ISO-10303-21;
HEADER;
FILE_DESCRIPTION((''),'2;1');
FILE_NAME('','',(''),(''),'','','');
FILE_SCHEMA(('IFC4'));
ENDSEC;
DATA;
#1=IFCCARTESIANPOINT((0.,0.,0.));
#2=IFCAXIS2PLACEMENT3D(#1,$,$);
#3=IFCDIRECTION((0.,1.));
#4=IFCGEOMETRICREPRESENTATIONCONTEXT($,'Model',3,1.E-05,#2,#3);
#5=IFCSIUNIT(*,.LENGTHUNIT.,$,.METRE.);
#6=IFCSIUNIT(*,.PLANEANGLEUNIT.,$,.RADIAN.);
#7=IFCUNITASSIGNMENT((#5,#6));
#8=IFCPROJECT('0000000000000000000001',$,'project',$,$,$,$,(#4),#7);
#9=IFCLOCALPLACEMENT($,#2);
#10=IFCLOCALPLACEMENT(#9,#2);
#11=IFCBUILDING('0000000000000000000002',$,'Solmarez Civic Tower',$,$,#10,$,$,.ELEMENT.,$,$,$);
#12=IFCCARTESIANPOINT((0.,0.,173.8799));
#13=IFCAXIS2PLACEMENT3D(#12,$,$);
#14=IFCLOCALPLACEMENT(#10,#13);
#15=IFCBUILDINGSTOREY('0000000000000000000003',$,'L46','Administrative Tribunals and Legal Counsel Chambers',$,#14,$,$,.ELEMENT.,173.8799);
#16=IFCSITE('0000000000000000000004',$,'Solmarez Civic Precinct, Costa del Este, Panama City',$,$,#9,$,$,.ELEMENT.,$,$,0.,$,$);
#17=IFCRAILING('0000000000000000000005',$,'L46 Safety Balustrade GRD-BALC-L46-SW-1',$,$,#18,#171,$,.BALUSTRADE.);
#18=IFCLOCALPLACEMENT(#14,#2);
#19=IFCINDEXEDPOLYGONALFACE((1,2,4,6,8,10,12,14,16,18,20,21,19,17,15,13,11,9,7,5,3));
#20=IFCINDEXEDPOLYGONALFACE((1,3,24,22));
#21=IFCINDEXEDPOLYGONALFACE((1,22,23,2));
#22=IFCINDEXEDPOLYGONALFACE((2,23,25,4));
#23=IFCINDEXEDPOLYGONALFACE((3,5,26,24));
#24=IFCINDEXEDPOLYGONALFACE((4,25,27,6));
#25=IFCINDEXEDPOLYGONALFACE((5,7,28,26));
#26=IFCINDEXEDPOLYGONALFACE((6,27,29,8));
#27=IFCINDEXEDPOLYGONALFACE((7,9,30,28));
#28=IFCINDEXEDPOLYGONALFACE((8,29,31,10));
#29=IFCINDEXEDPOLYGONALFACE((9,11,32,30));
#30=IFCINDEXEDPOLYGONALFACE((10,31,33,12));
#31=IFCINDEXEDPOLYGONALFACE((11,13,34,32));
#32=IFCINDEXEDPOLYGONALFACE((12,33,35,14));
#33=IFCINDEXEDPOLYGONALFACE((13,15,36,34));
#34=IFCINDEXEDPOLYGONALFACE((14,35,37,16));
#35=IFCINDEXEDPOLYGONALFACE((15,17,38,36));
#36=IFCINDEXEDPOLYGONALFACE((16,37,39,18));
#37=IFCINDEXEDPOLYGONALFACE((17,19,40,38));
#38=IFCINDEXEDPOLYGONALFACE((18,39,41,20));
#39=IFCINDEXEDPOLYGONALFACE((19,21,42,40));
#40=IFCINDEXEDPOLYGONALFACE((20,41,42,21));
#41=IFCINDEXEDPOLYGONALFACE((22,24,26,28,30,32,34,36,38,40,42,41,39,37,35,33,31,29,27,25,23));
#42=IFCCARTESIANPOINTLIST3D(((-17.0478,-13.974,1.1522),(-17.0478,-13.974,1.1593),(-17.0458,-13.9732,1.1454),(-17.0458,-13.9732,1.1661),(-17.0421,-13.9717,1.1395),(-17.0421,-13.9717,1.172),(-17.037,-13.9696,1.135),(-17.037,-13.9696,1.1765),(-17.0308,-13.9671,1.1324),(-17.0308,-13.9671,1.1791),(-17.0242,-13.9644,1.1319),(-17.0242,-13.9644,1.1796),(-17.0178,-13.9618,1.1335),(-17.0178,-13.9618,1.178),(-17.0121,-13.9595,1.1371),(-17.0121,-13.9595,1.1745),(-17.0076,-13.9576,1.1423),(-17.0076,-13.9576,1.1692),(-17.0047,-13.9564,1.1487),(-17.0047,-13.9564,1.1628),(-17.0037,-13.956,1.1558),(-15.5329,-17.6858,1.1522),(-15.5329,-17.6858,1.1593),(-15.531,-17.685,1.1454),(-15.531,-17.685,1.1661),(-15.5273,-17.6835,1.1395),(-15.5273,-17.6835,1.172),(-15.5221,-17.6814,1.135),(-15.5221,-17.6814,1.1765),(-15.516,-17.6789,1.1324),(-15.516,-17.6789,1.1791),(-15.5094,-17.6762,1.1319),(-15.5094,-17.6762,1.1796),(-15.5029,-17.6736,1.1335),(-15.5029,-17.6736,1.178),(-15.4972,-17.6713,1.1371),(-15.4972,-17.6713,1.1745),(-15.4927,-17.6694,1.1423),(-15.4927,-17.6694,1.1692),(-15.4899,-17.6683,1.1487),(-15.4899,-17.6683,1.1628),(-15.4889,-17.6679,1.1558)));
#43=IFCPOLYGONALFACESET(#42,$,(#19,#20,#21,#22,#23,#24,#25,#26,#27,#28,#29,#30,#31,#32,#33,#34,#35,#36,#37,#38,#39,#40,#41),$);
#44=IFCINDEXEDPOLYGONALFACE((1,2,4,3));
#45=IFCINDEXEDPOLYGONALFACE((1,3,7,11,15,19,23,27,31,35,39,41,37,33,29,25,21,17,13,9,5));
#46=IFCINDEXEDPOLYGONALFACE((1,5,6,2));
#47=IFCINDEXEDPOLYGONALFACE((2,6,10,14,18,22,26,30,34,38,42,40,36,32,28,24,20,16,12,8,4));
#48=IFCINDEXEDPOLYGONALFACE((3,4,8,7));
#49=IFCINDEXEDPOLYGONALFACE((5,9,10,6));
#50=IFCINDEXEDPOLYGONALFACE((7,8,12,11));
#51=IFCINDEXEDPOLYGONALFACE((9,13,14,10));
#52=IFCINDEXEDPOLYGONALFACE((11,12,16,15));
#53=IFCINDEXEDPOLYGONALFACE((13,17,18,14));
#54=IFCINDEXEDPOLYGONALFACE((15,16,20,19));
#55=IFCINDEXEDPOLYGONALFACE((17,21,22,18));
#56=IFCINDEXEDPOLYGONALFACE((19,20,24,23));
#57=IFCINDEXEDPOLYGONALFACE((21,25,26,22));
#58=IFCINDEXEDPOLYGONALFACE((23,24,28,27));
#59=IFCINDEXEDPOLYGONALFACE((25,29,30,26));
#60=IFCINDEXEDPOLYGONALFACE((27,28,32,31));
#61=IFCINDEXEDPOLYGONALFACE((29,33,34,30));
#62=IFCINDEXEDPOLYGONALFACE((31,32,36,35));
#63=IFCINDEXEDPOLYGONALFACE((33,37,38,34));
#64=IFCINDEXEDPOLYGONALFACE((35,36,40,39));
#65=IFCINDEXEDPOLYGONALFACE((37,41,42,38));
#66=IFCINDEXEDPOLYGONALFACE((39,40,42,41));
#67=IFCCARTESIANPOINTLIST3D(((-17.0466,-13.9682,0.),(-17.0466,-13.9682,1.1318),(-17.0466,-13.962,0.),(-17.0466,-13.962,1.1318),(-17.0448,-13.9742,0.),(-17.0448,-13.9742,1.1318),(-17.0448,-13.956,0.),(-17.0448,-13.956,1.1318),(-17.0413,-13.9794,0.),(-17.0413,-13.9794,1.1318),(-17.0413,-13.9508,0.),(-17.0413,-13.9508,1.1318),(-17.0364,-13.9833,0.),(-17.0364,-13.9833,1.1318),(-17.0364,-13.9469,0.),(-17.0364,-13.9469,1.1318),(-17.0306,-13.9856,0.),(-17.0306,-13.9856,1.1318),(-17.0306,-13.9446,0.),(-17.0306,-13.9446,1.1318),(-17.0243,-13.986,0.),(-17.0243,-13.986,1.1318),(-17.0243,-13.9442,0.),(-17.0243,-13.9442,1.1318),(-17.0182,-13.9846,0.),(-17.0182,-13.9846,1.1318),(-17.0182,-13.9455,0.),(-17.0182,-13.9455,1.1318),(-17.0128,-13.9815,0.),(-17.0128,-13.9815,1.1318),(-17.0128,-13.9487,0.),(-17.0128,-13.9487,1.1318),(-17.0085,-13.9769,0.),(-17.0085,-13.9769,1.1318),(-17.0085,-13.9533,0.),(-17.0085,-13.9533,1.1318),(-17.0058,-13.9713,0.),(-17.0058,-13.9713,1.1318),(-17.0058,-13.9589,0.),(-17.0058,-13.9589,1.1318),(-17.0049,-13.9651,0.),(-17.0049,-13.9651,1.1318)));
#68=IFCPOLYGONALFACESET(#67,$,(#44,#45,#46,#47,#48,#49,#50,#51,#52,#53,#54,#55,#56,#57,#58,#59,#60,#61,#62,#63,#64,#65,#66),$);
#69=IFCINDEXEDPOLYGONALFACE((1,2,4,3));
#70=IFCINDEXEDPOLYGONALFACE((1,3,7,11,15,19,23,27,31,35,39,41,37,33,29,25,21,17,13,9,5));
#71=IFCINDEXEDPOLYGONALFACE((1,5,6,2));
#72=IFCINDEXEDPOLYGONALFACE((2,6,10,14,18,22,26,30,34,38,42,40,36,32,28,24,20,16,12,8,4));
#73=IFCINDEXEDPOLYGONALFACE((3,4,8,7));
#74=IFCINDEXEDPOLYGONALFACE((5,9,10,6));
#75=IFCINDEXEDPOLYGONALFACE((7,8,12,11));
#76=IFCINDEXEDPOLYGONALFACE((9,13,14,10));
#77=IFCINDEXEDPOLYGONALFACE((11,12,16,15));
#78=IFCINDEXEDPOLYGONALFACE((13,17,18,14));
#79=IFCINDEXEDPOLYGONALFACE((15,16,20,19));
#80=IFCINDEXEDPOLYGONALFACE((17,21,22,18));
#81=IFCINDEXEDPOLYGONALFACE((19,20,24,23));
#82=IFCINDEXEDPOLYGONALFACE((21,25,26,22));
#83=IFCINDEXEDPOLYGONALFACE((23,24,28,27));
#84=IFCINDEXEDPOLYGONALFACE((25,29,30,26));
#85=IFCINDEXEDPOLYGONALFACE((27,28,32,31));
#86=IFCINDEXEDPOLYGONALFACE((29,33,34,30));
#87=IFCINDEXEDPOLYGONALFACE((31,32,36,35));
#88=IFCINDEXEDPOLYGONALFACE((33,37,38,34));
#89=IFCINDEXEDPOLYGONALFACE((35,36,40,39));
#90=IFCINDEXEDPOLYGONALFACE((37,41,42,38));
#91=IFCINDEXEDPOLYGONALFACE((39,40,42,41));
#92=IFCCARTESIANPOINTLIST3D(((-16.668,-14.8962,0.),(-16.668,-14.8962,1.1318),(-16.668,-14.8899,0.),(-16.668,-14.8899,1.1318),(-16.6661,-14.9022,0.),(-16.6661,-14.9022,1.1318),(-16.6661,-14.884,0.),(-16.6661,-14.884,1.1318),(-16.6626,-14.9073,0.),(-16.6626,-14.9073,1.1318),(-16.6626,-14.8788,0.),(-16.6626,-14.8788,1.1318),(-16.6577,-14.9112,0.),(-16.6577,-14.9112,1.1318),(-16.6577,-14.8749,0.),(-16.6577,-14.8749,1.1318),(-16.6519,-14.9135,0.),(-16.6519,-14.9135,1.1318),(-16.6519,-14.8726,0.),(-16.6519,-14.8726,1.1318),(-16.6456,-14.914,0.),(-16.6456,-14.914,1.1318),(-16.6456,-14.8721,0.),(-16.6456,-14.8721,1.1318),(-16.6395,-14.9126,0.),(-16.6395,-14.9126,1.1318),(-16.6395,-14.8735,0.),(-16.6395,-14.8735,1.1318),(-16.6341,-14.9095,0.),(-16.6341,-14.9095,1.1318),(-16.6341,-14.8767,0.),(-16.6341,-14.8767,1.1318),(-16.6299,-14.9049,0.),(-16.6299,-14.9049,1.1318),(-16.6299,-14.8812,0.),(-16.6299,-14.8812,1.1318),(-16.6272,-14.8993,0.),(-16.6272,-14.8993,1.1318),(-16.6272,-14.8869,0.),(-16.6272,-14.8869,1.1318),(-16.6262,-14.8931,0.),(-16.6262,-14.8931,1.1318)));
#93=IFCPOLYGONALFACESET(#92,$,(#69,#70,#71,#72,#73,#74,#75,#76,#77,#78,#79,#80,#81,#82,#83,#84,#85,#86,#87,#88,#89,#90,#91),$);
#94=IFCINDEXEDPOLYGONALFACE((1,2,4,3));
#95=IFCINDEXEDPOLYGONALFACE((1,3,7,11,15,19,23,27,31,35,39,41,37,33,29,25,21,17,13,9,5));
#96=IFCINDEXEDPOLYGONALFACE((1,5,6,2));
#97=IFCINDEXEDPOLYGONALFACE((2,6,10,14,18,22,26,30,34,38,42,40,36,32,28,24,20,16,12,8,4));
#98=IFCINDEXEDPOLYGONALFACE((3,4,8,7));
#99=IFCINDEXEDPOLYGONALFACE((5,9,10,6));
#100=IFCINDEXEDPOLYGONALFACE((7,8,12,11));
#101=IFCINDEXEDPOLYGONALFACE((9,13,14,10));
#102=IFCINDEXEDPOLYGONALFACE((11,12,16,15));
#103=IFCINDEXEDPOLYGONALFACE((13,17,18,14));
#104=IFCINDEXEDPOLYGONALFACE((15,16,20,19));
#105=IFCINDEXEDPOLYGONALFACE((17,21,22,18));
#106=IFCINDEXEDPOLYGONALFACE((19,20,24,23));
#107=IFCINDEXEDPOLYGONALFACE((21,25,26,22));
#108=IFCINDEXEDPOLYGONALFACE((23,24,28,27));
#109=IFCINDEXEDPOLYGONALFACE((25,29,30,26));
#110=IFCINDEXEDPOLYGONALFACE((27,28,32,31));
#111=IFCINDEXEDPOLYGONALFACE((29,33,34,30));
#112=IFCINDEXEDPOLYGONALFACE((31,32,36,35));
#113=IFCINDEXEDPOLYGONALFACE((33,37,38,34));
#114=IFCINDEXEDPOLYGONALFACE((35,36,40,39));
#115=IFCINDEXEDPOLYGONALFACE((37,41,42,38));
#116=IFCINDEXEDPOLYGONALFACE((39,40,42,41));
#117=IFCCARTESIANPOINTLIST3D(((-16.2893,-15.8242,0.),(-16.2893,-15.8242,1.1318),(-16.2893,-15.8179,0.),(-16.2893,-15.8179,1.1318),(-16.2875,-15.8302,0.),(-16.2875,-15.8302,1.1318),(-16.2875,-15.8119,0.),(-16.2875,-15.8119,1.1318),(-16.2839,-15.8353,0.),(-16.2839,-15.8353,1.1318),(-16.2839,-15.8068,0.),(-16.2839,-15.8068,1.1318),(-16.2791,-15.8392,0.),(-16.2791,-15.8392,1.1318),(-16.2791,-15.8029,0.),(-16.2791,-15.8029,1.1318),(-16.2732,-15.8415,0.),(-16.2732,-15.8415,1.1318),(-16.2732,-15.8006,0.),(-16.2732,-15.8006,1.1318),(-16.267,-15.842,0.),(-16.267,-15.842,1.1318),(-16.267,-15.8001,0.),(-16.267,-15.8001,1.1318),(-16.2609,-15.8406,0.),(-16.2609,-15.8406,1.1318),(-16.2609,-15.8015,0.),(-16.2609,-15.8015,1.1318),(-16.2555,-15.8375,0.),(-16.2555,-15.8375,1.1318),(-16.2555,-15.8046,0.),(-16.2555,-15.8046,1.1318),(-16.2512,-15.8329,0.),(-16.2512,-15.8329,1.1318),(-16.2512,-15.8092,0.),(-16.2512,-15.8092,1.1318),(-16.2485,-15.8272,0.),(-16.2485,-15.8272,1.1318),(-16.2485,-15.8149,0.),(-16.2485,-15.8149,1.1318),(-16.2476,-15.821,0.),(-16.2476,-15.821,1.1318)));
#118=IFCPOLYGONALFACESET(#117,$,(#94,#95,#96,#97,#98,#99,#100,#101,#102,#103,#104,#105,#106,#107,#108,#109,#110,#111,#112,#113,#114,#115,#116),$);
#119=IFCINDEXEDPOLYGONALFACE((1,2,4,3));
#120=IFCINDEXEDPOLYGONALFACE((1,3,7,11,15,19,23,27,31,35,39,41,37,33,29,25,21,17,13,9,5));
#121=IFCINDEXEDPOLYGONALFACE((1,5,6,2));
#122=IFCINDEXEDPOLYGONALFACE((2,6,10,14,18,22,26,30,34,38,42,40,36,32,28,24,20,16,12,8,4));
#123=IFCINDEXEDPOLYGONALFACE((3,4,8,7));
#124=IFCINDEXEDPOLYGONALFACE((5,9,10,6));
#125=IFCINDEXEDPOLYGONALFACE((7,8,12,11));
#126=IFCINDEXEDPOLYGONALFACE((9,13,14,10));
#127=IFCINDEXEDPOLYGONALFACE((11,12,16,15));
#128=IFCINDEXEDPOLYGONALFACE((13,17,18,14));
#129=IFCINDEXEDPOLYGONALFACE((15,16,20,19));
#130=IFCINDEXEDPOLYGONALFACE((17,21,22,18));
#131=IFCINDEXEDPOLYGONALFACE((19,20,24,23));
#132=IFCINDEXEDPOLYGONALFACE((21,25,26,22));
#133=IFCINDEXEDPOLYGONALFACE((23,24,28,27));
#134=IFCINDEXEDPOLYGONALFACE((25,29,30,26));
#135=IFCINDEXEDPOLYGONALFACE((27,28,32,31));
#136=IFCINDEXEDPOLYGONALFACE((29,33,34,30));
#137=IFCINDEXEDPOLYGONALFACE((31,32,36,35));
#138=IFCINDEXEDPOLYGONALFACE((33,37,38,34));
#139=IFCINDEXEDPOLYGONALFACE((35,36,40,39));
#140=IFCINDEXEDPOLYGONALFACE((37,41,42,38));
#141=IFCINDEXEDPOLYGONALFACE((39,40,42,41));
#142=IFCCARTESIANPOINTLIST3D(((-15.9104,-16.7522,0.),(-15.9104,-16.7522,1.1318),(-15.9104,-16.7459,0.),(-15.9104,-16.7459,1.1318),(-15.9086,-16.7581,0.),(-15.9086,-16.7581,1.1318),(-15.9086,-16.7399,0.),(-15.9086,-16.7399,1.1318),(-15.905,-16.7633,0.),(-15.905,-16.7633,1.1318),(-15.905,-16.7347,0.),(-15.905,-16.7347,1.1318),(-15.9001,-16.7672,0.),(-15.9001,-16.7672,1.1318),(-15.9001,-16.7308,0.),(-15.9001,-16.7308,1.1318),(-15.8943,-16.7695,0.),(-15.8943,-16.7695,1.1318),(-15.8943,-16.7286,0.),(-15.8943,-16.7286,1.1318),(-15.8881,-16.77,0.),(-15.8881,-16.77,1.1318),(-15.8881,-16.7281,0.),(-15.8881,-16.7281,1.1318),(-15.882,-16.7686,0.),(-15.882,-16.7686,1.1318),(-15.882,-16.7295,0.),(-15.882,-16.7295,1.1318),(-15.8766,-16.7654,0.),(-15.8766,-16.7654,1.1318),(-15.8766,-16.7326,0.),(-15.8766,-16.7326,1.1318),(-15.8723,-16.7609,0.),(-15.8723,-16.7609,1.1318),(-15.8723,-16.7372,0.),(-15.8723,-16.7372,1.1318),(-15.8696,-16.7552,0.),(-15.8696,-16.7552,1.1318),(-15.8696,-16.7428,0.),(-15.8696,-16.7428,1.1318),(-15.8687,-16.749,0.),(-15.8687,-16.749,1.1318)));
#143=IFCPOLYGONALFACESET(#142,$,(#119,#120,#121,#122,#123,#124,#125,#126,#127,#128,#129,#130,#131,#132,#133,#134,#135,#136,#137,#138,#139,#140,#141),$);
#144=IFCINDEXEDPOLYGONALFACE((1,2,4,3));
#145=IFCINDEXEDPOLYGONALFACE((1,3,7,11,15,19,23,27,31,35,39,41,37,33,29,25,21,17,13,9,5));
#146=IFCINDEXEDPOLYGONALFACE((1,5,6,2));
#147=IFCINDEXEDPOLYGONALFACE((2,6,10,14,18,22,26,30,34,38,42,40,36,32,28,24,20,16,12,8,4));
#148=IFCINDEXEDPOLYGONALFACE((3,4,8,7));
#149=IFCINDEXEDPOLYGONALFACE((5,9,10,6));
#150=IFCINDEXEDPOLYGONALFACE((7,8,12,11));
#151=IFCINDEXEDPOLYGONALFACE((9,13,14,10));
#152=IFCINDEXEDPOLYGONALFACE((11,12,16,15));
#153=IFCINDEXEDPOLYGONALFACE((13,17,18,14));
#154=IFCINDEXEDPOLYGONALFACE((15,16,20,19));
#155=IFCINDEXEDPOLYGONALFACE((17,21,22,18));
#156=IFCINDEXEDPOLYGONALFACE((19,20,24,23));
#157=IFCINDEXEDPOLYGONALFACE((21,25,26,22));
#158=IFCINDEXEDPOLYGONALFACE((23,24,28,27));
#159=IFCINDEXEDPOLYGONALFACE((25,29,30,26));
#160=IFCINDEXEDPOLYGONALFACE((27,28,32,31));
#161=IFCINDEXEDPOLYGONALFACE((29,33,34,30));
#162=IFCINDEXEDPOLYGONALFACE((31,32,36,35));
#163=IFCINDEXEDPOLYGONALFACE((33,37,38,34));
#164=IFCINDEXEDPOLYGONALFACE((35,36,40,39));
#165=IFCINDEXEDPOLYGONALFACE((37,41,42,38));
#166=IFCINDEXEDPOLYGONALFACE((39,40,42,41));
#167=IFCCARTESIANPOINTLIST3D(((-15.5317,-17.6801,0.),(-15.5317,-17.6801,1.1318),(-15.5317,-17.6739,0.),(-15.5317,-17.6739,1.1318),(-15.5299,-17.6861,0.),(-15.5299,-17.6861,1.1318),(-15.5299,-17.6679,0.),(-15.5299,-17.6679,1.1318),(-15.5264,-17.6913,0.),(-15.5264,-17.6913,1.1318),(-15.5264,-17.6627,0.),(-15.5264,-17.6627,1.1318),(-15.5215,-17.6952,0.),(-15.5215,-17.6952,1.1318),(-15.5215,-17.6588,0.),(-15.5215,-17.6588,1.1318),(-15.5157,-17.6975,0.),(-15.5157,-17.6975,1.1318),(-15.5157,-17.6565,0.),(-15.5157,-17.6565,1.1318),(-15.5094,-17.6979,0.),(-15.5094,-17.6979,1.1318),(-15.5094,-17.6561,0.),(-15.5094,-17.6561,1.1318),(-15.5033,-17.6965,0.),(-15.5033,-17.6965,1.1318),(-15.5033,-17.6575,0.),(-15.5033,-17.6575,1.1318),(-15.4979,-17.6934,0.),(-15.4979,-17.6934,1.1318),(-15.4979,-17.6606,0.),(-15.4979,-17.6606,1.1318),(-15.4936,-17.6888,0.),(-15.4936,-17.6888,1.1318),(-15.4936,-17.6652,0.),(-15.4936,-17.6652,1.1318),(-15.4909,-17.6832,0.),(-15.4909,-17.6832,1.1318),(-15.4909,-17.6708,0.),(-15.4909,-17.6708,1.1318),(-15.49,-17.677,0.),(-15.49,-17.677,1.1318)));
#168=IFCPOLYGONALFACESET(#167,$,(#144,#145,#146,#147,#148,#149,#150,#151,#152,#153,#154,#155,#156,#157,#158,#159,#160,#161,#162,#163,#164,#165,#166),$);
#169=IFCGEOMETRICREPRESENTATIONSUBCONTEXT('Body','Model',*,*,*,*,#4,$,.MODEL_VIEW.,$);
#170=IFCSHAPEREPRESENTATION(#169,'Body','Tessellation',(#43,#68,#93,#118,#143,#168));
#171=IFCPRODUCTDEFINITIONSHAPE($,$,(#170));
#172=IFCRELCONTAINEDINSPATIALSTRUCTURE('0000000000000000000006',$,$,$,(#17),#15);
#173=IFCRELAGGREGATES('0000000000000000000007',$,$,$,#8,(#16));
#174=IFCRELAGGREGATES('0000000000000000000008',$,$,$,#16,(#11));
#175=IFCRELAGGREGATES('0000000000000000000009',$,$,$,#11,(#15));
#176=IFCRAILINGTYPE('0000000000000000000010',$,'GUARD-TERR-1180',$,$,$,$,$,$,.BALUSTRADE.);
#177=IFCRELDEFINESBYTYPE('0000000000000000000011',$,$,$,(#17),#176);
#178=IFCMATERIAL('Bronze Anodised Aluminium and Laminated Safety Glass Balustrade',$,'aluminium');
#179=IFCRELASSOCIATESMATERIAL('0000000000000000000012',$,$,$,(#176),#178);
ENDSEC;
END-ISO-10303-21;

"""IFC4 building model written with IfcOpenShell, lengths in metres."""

from ifc_helpers import new_model, si_unit, direction, frame, origin, origin_2d, place, context, subcontext, project, spatial, circle, extrude, material, type_object, element, save


model = new_model("IFC4")

# Units and contexts
model_context = context("Model", 3, precision=1e-05, world=origin(), true_north=direction((0.0, 1.0)))
body_context = subcontext(model_context, "Body", "Model", "MODEL_VIEW")
ifc_project = project(units=[si_unit("LENGTHUNIT", "METRE"), si_unit("PLANEANGLEUNIT", "RADIAN")], contexts=[model_context])

# Site, building, storey
site_placement = place(None, origin())
site = spatial("IfcSite", under=ifc_project, at=site_placement, Name="Solmarez Civic Precinct, Costa del Este, Panama City", CompositionType="ELEMENT", RefElevation=0.0)
building_placement = place(site_placement, origin())
building = spatial("IfcBuilding", under=site, at=building_placement, Name="Solmarez Civic Tower", CompositionType="ELEMENT")
storey_placement = place(building_placement, frame((0.0, 0.0, 173.8799)))
storey = spatial("IfcBuildingStorey", under=building, at=storey_placement, Name="L46", Description="Administrative Tribunals and Legal Counsel Chambers", CompositionType="ELEMENT", Elevation=173.8799)

# Railing
ifc_material_1 = material(Name="Bronze Anodised Aluminium and Laminated Safety Glass Balustrade", Category="aluminium")
railing_type = type_object("IfcRailingType", Name="GUARD-TERR-1180", PredefinedType="BALUSTRADE", material=ifc_material_1)
railing_1_placement = place(storey_placement, frame((-17.0259, -13.9651, 0.0)))
element("IfcRailing", 1, at=railing_1_placement, inside=storey, type_object=railing_type, Name="L46 Safety Balustrade GRD-BALC-L46-SW-1", PredefinedType="BALUSTRADE", context=body_context, shape_type="SweptSolid", body=[
    extrude(circle(Radius=0.0239, at=origin_2d()), frame((0.0, 0.0, 1.1558), z_axis=(0.37786, -0.925863, 0.0), x_axis=(0.925863, 0.37786, 0.0)), (0.0, 0.0, 1.0), 4.009),
    extrude(circle(Radius=0.021, at=origin_2d()), origin(), (0.0, 0.0, 1.0), 1.1318),
    extrude(circle(Radius=0.021, at=origin_2d()), frame((0.3787, -0.928, 0.0)), (0.0, 0.0, 1.0), 1.1318),
    extrude(circle(Radius=0.021, at=origin_2d()), frame((0.7573, -1.856, 0.0)), (0.0, 0.0, 1.0), 1.1318),
    extrude(circle(Radius=0.021, at=origin_2d()), frame((1.1362, -2.7839, 0.0)), (0.0, 0.0, 1.0), 1.1318),
    extrude(circle(Radius=0.021, at=origin_2d()), frame((1.5149, -3.7119, 0.0)), (0.0, 0.0, 1.0), 1.1318),
])

save(model, "model.ifc")
